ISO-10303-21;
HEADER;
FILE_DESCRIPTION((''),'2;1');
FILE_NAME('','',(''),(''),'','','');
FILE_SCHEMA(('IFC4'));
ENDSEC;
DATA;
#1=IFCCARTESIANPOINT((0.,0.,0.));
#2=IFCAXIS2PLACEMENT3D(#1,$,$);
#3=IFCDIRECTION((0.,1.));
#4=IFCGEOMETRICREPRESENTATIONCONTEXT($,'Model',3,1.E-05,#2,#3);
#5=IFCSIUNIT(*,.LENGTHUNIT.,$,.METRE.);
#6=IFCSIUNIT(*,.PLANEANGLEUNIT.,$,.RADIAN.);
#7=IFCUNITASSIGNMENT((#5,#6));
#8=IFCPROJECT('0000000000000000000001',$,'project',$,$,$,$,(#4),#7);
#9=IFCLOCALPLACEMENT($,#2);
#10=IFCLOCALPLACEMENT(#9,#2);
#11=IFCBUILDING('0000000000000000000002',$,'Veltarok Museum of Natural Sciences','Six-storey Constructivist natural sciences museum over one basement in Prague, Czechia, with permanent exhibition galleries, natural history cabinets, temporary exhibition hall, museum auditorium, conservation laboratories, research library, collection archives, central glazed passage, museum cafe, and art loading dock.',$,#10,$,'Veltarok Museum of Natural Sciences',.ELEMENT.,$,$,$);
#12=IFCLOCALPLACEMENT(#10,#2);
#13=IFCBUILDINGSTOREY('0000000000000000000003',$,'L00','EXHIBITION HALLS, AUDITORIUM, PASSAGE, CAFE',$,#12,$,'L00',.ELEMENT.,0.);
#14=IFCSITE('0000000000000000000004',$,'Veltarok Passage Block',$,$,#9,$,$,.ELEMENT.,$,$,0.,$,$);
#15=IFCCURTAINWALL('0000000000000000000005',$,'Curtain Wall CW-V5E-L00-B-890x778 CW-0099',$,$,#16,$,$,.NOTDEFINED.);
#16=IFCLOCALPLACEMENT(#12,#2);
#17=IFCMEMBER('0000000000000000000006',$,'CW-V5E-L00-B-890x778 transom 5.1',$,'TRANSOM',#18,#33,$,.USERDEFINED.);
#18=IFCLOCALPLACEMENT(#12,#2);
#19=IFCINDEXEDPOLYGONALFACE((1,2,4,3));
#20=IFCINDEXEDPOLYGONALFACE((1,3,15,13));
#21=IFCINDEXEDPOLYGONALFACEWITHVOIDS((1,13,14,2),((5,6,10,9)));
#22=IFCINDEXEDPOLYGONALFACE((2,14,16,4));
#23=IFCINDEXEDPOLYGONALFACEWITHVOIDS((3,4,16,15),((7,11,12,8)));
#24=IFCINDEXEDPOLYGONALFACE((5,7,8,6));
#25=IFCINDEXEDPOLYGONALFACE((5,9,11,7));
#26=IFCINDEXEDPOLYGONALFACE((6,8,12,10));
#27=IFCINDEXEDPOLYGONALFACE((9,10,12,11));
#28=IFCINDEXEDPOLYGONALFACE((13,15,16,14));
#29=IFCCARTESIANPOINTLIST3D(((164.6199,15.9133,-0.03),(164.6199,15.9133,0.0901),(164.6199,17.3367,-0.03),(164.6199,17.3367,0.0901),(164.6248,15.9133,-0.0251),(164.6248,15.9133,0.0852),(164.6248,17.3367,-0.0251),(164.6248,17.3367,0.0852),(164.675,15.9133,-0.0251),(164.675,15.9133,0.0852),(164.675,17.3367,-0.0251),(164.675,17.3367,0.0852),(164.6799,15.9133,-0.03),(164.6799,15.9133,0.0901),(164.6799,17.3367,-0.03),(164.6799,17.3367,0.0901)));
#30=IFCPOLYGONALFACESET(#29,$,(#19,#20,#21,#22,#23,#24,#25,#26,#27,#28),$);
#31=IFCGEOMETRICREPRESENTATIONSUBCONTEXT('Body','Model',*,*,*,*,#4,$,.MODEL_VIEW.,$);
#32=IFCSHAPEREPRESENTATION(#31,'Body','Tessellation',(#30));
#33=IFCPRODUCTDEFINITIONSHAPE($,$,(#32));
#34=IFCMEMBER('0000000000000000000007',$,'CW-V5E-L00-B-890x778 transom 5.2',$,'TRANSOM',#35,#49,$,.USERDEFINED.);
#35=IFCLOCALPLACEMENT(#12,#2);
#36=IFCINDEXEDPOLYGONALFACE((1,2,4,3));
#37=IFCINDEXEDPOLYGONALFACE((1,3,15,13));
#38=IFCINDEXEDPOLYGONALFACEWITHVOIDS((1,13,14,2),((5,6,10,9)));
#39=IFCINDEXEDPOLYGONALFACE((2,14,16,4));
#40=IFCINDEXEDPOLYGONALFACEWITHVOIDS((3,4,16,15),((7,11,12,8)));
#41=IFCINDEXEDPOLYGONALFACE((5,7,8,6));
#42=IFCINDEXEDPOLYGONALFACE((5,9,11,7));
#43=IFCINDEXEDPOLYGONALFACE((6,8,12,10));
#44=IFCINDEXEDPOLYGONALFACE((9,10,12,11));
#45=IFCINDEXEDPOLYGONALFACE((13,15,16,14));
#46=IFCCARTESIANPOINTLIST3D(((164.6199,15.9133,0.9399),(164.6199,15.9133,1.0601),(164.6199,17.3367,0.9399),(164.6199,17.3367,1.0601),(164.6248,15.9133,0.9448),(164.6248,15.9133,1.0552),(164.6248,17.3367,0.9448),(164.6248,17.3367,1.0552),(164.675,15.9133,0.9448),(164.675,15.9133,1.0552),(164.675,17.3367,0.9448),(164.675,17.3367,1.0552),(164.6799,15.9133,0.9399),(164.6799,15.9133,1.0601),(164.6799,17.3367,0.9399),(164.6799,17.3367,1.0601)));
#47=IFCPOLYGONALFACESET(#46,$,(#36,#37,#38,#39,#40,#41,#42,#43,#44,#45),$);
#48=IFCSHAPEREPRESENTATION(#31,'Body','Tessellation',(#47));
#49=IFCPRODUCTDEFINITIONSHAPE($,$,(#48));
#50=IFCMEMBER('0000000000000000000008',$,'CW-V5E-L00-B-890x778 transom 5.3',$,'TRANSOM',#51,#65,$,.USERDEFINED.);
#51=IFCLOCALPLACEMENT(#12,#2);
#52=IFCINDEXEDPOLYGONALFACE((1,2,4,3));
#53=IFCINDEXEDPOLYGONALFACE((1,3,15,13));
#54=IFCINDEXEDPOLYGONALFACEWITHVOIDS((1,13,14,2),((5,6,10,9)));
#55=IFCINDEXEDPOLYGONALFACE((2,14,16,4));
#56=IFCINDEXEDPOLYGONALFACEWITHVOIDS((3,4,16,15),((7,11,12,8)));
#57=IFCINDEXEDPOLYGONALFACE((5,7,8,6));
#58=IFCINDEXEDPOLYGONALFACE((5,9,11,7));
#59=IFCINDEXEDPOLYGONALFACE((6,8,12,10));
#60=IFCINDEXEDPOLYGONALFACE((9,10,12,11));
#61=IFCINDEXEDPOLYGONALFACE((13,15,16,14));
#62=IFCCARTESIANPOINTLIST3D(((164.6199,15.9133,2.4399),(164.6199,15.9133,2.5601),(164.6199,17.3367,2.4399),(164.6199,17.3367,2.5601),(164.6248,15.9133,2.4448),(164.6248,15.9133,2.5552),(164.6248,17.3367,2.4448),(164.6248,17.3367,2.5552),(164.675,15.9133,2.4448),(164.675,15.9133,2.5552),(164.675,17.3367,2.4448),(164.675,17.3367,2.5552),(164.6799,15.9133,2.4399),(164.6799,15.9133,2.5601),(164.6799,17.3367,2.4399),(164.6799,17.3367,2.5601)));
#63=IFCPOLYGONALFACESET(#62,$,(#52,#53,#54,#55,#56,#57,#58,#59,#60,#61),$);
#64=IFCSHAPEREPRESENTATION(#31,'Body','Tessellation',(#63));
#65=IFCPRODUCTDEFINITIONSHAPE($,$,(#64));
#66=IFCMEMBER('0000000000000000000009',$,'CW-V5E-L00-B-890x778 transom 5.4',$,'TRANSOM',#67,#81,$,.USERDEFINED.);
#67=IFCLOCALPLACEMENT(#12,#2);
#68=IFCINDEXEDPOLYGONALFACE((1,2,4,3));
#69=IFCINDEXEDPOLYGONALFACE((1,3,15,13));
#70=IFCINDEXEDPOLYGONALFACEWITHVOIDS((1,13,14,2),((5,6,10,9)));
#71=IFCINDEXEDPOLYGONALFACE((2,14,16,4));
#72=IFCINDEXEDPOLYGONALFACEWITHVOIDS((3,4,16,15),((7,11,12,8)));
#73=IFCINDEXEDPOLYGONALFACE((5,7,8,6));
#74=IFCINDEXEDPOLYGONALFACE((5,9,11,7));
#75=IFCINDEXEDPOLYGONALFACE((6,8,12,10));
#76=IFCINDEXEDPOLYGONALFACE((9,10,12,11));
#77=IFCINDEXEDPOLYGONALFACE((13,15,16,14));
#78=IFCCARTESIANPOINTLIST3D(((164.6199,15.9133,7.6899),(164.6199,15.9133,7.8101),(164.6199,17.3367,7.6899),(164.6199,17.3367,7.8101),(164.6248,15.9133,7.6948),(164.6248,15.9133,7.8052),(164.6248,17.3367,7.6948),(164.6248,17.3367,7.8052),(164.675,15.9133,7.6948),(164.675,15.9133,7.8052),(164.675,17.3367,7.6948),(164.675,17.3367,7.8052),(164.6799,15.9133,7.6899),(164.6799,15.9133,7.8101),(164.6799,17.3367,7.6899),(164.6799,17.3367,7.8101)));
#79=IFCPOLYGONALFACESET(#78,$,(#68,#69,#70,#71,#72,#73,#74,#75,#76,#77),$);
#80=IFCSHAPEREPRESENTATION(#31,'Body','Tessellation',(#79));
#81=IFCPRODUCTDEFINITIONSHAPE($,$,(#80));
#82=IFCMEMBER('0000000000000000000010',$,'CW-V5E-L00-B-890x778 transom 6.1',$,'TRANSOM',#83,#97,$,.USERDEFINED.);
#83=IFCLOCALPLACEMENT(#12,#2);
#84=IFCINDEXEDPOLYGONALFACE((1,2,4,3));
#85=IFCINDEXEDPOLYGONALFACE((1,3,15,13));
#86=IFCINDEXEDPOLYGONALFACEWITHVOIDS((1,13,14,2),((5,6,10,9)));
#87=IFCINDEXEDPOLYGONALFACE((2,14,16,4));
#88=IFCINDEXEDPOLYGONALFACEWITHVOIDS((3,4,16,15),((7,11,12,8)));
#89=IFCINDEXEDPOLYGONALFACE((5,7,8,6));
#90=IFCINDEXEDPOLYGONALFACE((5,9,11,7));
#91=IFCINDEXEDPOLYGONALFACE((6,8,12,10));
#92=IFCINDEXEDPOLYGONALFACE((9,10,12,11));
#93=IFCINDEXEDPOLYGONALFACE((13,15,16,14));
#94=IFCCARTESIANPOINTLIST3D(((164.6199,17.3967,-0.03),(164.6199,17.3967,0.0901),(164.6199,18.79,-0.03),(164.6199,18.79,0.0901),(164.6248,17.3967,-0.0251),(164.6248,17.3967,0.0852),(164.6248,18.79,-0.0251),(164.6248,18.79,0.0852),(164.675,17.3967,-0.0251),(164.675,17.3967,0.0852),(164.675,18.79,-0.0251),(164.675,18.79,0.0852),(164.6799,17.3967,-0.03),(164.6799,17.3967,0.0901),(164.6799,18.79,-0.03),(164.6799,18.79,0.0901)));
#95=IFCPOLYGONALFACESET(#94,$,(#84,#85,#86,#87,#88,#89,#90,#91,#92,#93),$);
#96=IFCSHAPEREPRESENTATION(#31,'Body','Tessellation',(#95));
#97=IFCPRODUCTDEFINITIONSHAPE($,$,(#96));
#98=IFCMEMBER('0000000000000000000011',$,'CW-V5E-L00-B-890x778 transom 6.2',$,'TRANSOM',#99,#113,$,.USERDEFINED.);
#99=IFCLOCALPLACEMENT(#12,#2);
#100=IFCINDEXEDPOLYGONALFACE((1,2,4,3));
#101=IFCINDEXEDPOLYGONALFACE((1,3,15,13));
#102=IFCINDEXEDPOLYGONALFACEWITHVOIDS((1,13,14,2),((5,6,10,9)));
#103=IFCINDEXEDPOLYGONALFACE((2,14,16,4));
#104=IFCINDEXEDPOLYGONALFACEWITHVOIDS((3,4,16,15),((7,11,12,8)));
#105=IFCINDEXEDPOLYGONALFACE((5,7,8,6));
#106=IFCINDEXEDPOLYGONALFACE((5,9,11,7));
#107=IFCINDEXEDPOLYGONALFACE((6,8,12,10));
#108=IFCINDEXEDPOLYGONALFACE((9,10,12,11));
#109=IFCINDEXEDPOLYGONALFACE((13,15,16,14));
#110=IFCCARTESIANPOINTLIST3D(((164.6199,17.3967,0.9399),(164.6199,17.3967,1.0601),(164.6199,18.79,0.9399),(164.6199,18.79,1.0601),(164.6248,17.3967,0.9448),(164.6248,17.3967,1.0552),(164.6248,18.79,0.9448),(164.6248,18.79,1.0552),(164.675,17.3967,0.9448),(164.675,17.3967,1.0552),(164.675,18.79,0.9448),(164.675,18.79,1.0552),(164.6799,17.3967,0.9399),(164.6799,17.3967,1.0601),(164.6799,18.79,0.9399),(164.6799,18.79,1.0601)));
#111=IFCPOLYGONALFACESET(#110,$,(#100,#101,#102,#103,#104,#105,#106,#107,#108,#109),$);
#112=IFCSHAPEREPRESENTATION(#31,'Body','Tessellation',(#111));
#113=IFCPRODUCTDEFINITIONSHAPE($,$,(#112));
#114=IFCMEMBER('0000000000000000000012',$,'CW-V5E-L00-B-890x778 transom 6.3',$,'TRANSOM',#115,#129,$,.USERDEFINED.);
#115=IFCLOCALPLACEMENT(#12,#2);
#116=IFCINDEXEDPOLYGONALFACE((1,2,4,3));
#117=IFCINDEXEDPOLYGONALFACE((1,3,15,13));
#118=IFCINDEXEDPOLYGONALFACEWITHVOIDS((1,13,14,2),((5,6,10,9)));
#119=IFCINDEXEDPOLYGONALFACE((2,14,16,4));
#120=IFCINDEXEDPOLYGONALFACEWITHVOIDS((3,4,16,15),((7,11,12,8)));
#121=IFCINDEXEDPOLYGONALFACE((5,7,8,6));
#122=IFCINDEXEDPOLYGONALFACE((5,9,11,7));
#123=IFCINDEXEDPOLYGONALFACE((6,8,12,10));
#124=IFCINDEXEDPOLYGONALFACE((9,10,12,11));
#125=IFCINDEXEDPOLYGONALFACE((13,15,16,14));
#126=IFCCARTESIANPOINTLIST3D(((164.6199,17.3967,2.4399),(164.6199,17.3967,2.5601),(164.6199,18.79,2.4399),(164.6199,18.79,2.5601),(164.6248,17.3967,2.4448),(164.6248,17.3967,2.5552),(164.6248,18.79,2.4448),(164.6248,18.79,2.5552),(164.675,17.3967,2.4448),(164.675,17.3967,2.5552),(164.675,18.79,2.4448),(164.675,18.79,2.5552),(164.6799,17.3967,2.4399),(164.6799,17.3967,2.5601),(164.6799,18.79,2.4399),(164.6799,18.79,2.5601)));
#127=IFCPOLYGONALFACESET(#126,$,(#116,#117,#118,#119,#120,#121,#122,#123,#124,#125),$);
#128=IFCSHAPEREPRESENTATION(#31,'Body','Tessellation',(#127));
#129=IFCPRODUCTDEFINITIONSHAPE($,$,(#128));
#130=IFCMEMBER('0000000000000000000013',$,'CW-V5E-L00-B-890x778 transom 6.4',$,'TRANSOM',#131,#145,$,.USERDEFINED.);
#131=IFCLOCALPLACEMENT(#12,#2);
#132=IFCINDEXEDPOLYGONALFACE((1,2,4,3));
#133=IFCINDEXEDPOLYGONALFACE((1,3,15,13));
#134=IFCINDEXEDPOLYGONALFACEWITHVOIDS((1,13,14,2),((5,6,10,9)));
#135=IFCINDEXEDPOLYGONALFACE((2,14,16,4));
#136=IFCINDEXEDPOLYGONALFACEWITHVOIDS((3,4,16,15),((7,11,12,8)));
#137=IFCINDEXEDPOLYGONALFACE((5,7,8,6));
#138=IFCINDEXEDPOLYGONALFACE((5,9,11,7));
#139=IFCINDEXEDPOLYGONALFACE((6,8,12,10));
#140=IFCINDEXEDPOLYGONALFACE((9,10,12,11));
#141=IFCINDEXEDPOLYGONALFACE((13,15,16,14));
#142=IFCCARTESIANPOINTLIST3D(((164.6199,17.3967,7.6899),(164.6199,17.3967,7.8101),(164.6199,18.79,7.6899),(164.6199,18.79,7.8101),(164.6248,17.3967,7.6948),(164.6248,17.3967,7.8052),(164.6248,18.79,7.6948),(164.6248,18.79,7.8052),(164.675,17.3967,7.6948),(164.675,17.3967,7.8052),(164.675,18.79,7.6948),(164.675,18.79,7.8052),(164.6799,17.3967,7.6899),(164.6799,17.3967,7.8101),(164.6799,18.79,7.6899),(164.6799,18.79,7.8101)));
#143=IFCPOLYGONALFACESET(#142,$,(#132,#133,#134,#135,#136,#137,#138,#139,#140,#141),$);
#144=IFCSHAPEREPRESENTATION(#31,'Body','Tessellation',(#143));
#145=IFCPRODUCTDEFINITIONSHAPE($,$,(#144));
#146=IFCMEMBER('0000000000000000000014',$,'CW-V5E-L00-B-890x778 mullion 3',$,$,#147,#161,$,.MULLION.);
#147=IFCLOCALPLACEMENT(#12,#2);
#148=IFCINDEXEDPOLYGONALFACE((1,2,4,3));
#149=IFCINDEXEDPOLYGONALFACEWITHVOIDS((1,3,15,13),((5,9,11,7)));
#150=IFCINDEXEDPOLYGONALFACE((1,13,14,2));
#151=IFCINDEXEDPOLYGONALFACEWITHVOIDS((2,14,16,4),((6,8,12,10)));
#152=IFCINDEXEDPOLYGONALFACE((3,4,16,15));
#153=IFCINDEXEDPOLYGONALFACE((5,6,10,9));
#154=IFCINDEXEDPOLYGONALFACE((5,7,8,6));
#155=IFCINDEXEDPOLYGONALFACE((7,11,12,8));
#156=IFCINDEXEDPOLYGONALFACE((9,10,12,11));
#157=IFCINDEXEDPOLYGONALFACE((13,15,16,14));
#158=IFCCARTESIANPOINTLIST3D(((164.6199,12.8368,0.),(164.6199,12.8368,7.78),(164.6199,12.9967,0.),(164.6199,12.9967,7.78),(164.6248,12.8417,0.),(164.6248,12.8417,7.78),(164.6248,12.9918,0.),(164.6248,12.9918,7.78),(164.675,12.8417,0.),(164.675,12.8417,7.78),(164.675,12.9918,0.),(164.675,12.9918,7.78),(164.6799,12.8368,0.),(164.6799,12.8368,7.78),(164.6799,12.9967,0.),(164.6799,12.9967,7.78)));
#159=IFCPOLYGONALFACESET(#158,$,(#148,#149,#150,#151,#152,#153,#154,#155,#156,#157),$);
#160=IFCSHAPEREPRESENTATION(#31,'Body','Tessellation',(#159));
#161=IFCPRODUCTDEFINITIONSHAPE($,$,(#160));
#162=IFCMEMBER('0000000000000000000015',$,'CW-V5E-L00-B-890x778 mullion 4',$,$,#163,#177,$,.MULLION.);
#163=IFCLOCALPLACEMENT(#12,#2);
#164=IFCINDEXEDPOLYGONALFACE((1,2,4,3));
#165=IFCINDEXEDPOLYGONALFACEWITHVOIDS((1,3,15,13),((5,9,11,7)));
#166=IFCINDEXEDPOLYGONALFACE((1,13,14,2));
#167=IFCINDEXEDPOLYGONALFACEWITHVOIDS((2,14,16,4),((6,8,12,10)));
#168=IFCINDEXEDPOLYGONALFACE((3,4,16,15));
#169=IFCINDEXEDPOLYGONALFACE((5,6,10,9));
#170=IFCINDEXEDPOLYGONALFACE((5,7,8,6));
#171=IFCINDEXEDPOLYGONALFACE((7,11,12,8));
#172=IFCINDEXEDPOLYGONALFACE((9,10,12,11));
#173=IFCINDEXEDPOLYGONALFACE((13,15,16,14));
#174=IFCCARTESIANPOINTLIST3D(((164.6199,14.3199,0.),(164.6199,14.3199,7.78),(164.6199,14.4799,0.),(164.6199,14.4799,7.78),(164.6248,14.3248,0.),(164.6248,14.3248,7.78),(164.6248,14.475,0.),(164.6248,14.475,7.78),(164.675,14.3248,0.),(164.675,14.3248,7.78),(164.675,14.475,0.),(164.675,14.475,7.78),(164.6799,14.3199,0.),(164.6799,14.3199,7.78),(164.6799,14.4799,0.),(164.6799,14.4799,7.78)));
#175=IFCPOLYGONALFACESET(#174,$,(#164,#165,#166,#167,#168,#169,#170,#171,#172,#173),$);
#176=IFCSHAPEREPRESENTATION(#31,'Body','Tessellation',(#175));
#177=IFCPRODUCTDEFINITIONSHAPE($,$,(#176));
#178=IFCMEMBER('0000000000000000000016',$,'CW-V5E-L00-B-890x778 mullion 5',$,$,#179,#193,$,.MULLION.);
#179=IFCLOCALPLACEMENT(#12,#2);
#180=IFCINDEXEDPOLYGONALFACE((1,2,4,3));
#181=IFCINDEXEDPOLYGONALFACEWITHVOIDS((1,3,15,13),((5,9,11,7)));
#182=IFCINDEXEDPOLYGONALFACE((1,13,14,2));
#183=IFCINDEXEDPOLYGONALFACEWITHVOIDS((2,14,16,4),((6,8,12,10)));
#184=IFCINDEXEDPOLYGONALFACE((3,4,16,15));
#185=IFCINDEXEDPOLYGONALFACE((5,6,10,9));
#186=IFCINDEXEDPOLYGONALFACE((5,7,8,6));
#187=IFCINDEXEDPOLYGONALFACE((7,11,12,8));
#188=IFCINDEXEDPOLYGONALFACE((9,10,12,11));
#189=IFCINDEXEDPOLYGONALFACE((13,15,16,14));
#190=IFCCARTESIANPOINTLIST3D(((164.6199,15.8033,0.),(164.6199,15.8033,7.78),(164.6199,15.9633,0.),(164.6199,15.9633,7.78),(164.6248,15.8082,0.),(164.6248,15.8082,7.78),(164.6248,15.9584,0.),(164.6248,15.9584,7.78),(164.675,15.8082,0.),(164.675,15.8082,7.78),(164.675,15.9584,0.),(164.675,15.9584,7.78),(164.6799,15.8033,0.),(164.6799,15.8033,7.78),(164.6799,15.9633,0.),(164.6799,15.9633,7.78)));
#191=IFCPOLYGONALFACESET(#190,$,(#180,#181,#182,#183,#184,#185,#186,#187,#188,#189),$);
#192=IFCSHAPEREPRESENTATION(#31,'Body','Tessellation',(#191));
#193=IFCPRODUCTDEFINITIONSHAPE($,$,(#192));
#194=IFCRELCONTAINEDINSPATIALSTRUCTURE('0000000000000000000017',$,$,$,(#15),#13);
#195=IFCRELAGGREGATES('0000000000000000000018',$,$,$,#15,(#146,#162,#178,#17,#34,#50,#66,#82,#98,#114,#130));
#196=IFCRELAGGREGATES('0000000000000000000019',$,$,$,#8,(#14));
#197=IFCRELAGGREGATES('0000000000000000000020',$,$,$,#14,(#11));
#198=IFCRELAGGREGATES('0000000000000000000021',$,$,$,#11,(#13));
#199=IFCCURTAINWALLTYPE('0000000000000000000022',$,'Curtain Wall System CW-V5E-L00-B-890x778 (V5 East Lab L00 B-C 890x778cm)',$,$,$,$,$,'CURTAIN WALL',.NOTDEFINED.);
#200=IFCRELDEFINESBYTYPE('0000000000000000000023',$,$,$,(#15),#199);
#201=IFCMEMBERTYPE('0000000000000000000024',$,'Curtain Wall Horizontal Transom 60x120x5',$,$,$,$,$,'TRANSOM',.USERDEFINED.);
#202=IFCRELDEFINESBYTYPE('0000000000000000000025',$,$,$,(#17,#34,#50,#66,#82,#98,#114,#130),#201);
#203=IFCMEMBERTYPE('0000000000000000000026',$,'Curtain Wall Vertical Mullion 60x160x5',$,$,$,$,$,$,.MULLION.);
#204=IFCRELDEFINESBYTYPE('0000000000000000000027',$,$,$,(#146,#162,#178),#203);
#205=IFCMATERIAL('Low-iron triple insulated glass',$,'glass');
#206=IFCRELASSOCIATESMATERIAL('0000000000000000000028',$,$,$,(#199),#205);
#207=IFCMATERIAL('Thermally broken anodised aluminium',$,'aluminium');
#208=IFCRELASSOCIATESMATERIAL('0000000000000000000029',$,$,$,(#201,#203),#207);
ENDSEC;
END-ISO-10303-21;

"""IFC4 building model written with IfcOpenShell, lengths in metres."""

from ifc_helpers import new_model, si_unit, direction, frame, origin, origin_2d, place, context, subcontext, project, spatial, hollow_rectangle, extrude, material, material_profile, profile_set, type_object, element, aggregate, save


model = new_model("IFC4")

# Units and contexts
model_context = context("Model", 3, precision=1e-05, world=origin(), true_north=direction((0.0, 1.0)))
body_context = subcontext(model_context, "Body", "Model", "MODEL_VIEW")
ifc_project = project(units=[si_unit("LENGTHUNIT", "METRE"), si_unit("PLANEANGLEUNIT", "RADIAN")], contexts=[model_context])

# Site, building, storey
site_placement = place(None, origin())
site = spatial("IfcSite", under=ifc_project, at=site_placement, Name="Veltarok Passage Block", CompositionType="ELEMENT", RefElevation=0.0)
building_placement = place(site_placement, origin())
building = spatial("IfcBuilding", under=site, at=building_placement, Name="Veltarok Museum of Natural Sciences", Description="Six-storey Constructivist natural sciences museum over one basement in Prague, Czechia, with permanent exhibition galleries, natural history cabinets, temporary exhibition hall, museum auditorium, conservation laboratories, research library, collection archives, central glazed passage, museum cafe, and art loading dock.", LongName="Veltarok Museum of Natural Sciences", CompositionType="ELEMENT")
storey_placement = place(building_placement, origin())
storey = spatial("IfcBuildingStorey", under=building, at=storey_placement, Name="L00", Description="EXHIBITION HALLS, AUDITORIUM, PASSAGE, CAFE", LongName="L00", CompositionType="ELEMENT", Elevation=0.0)

# Curtain wall, members
ifc_material_1 = material(Name="Low-iron triple insulated glass", Category="glass")
curtain_wall_type = type_object("IfcCurtainWallType", Name="Curtain Wall System CW-V5E-L00-B-890x778 (V5 East Lab L00 B-C 890x778cm)", ElementType="CURTAIN WALL", PredefinedType="NOTDEFINED", material=ifc_material_1)
curtain_wall_placement = place(storey_placement, origin())
curtain_wall = element("IfcCurtainWall", 1, at=curtain_wall_placement, inside=storey, type_object=curtain_wall_type, Name="Curtain Wall CW-V5E-L00-B-890x778 CW-0099", PredefinedType="NOTDEFINED")
ifc_material_2 = material(Name="Thermally broken anodised aluminium", Category="aluminium")
ifc_material_profile_1 = material_profile(ifc_material_2, hollow_rectangle(XDim=0.0601, YDim=0.1201, WallThickness=0.0049, at=origin_2d()), Name="CW TRANSOM 60x120x5")
ifc_profile_set_1 = profile_set([ifc_material_profile_1], Name="Thermally broken anodised aluminium")
member_type_1 = type_object("IfcMemberType", Name="Curtain Wall Horizontal Transom 60x120x5", ElementType="TRANSOM", PredefinedType="USERDEFINED", material=ifc_profile_set_1)
member_1_placement = place(storey_placement, frame((164.6499, 15.9133, 0.03), z_axis=(0.0, 1.0, 0.0), x_axis=(-1.0, 0.0, 0.0)))
member_1 = element("IfcMember", 2, at=member_1_placement, type_object=member_type_1, Name="CW-V5E-L00-B-890x778 transom 5.1", ObjectType="TRANSOM", PredefinedType="USERDEFINED", context=body_context, shape_type="SweptSolid", body=[
    extrude(hollow_rectangle(XDim=0.0601, YDim=0.1201, WallThickness=0.0049, at=origin_2d()), origin(), (0.0, 0.0, 1.0), 1.4233),
])
member_2_placement = place(storey_placement, frame((164.6499, 15.9133, 1.0), z_axis=(0.0, 1.0, 0.0), x_axis=(-1.0, 0.0, 0.0)))
member_2 = element("IfcMember", 3, at=member_2_placement, type_object=member_type_1, Name="CW-V5E-L00-B-890x778 transom 5.2", ObjectType="TRANSOM", PredefinedType="USERDEFINED", context=body_context, shape_type="SweptSolid", body=[
    extrude(hollow_rectangle(XDim=0.0601, YDim=0.1201, WallThickness=0.0049, at=origin_2d()), origin(), (0.0, 0.0, 1.0), 1.4233),
])
member_3_placement = place(storey_placement, frame((164.6499, 15.9133, 2.5), z_axis=(0.0, 1.0, 0.0), x_axis=(-1.0, 0.0, 0.0)))
member_3 = element("IfcMember", 4, at=member_3_placement, type_object=member_type_1, Name="CW-V5E-L00-B-890x778 transom 5.3", ObjectType="TRANSOM", PredefinedType="USERDEFINED", context=body_context, shape_type="SweptSolid", body=[
    extrude(hollow_rectangle(XDim=0.0601, YDim=0.1201, WallThickness=0.0049, at=origin_2d()), origin(), (0.0, 0.0, 1.0), 1.4233),
])
member_4_placement = place(storey_placement, frame((164.6499, 15.9133, 7.75), z_axis=(0.0, 1.0, 0.0), x_axis=(-1.0, 0.0, 0.0)))
member_4 = element("IfcMember", 5, at=member_4_placement, type_object=member_type_1, Name="CW-V5E-L00-B-890x778 transom 5.4", ObjectType="TRANSOM", PredefinedType="USERDEFINED", context=body_context, shape_type="SweptSolid", body=[
    extrude(hollow_rectangle(XDim=0.0601, YDim=0.1201, WallThickness=0.0049, at=origin_2d()), origin(), (0.0, 0.0, 1.0), 1.4233),
])
member_5_placement = place(storey_placement, frame((164.6499, 17.3967, 0.03), z_axis=(0.0, 1.0, 0.0), x_axis=(-1.0, 0.0, 0.0)))
member_5 = element("IfcMember", 6, at=member_5_placement, type_object=member_type_1, Name="CW-V5E-L00-B-890x778 transom 6.1", ObjectType="TRANSOM", PredefinedType="USERDEFINED", context=body_context, shape_type="SweptSolid", body=[
    extrude(hollow_rectangle(XDim=0.0601, YDim=0.1201, WallThickness=0.0049, at=origin_2d()), origin(), (0.0, 0.0, 1.0), 1.3933),
])
member_6_placement = place(storey_placement, frame((164.6499, 17.3967, 1.0), z_axis=(0.0, 1.0, 0.0), x_axis=(-1.0, 0.0, 0.0)))
member_6 = element("IfcMember", 7, at=member_6_placement, type_object=member_type_1, Name="CW-V5E-L00-B-890x778 transom 6.2", ObjectType="TRANSOM", PredefinedType="USERDEFINED", context=body_context, shape_type="SweptSolid", body=[
    extrude(hollow_rectangle(XDim=0.0601, YDim=0.1201, WallThickness=0.0049, at=origin_2d()), origin(), (0.0, 0.0, 1.0), 1.3933),
])
member_7_placement = place(storey_placement, frame((164.6499, 17.3967, 2.5), z_axis=(0.0, 1.0, 0.0), x_axis=(-1.0, 0.0, 0.0)))
member_7 = element("IfcMember", 8, at=member_7_placement, type_object=member_type_1, Name="CW-V5E-L00-B-890x778 transom 6.3", ObjectType="TRANSOM", PredefinedType="USERDEFINED", context=body_context, shape_type="SweptSolid", body=[
    extrude(hollow_rectangle(XDim=0.0601, YDim=0.1201, WallThickness=0.0049, at=origin_2d()), origin(), (0.0, 0.0, 1.0), 1.3933),
])
member_8_placement = place(storey_placement, frame((164.6499, 17.3967, 7.75), z_axis=(0.0, 1.0, 0.0), x_axis=(-1.0, 0.0, 0.0)))
member_8 = element("IfcMember", 9, at=member_8_placement, type_object=member_type_1, Name="CW-V5E-L00-B-890x778 transom 6.4", ObjectType="TRANSOM", PredefinedType="USERDEFINED", context=body_context, shape_type="SweptSolid", body=[
    extrude(hollow_rectangle(XDim=0.0601, YDim=0.1201, WallThickness=0.0049, at=origin_2d()), origin(), (0.0, 0.0, 1.0), 1.3933),
])
ifc_material_profile_2 = material_profile(ifc_material_2, hollow_rectangle(XDim=0.0601, YDim=0.1599, WallThickness=0.0049, at=origin_2d()), Name="CW MULLION 60x160x5")
ifc_profile_set_2 = profile_set([ifc_material_profile_2], Name="Thermally broken anodised aluminium")
member_type_2 = type_object("IfcMemberType", Name="Curtain Wall Vertical Mullion 60x160x5", PredefinedType="MULLION", material=ifc_profile_set_2)
member_9_placement = place(storey_placement, frame((164.6499, 12.9167, 0.0), z_axis=(0.0, 0.0, 1.0), x_axis=(-1.0, 0.0, 0.0)))
member_9 = element("IfcMember", 10, at=member_9_placement, type_object=member_type_2, Name="CW-V5E-L00-B-890x778 mullion 3", PredefinedType="MULLION", context=body_context, shape_type="SweptSolid", body=[
    extrude(hollow_rectangle(XDim=0.0601, YDim=0.1599, WallThickness=0.0049, at=origin_2d()), origin(), (0.0, 0.0, 1.0), 7.78),
])
member_10_placement = place(storey_placement, frame((164.6499, 14.3999, 0.0), z_axis=(0.0, 0.0, 1.0), x_axis=(-1.0, 0.0, 0.0)))
member_10 = element("IfcMember", 11, at=member_10_placement, type_object=member_type_2, Name="CW-V5E-L00-B-890x778 mullion 4", PredefinedType="MULLION", context=body_context, shape_type="SweptSolid", body=[
    extrude(hollow_rectangle(XDim=0.0601, YDim=0.1599, WallThickness=0.0049, at=origin_2d()), origin(), (0.0, 0.0, 1.0), 7.78),
])
member_11_placement = place(storey_placement, frame((164.6499, 15.8833, 0.0), z_axis=(0.0, 0.0, 1.0), x_axis=(-1.0, 0.0, 0.0)))
member_11 = element("IfcMember", 12, at=member_11_placement, type_object=member_type_2, Name="CW-V5E-L00-B-890x778 mullion 5", PredefinedType="MULLION", context=body_context, shape_type="SweptSolid", body=[
    extrude(hollow_rectangle(XDim=0.0601, YDim=0.1599, WallThickness=0.0049, at=origin_2d()), origin(), (0.0, 0.0, 1.0), 7.78),
])
aggregate(curtain_wall, [member_9, member_10, member_11, member_1, member_2, member_3, member_4, member_5, member_6, member_7, member_8])

save(model, "model.ifc")
